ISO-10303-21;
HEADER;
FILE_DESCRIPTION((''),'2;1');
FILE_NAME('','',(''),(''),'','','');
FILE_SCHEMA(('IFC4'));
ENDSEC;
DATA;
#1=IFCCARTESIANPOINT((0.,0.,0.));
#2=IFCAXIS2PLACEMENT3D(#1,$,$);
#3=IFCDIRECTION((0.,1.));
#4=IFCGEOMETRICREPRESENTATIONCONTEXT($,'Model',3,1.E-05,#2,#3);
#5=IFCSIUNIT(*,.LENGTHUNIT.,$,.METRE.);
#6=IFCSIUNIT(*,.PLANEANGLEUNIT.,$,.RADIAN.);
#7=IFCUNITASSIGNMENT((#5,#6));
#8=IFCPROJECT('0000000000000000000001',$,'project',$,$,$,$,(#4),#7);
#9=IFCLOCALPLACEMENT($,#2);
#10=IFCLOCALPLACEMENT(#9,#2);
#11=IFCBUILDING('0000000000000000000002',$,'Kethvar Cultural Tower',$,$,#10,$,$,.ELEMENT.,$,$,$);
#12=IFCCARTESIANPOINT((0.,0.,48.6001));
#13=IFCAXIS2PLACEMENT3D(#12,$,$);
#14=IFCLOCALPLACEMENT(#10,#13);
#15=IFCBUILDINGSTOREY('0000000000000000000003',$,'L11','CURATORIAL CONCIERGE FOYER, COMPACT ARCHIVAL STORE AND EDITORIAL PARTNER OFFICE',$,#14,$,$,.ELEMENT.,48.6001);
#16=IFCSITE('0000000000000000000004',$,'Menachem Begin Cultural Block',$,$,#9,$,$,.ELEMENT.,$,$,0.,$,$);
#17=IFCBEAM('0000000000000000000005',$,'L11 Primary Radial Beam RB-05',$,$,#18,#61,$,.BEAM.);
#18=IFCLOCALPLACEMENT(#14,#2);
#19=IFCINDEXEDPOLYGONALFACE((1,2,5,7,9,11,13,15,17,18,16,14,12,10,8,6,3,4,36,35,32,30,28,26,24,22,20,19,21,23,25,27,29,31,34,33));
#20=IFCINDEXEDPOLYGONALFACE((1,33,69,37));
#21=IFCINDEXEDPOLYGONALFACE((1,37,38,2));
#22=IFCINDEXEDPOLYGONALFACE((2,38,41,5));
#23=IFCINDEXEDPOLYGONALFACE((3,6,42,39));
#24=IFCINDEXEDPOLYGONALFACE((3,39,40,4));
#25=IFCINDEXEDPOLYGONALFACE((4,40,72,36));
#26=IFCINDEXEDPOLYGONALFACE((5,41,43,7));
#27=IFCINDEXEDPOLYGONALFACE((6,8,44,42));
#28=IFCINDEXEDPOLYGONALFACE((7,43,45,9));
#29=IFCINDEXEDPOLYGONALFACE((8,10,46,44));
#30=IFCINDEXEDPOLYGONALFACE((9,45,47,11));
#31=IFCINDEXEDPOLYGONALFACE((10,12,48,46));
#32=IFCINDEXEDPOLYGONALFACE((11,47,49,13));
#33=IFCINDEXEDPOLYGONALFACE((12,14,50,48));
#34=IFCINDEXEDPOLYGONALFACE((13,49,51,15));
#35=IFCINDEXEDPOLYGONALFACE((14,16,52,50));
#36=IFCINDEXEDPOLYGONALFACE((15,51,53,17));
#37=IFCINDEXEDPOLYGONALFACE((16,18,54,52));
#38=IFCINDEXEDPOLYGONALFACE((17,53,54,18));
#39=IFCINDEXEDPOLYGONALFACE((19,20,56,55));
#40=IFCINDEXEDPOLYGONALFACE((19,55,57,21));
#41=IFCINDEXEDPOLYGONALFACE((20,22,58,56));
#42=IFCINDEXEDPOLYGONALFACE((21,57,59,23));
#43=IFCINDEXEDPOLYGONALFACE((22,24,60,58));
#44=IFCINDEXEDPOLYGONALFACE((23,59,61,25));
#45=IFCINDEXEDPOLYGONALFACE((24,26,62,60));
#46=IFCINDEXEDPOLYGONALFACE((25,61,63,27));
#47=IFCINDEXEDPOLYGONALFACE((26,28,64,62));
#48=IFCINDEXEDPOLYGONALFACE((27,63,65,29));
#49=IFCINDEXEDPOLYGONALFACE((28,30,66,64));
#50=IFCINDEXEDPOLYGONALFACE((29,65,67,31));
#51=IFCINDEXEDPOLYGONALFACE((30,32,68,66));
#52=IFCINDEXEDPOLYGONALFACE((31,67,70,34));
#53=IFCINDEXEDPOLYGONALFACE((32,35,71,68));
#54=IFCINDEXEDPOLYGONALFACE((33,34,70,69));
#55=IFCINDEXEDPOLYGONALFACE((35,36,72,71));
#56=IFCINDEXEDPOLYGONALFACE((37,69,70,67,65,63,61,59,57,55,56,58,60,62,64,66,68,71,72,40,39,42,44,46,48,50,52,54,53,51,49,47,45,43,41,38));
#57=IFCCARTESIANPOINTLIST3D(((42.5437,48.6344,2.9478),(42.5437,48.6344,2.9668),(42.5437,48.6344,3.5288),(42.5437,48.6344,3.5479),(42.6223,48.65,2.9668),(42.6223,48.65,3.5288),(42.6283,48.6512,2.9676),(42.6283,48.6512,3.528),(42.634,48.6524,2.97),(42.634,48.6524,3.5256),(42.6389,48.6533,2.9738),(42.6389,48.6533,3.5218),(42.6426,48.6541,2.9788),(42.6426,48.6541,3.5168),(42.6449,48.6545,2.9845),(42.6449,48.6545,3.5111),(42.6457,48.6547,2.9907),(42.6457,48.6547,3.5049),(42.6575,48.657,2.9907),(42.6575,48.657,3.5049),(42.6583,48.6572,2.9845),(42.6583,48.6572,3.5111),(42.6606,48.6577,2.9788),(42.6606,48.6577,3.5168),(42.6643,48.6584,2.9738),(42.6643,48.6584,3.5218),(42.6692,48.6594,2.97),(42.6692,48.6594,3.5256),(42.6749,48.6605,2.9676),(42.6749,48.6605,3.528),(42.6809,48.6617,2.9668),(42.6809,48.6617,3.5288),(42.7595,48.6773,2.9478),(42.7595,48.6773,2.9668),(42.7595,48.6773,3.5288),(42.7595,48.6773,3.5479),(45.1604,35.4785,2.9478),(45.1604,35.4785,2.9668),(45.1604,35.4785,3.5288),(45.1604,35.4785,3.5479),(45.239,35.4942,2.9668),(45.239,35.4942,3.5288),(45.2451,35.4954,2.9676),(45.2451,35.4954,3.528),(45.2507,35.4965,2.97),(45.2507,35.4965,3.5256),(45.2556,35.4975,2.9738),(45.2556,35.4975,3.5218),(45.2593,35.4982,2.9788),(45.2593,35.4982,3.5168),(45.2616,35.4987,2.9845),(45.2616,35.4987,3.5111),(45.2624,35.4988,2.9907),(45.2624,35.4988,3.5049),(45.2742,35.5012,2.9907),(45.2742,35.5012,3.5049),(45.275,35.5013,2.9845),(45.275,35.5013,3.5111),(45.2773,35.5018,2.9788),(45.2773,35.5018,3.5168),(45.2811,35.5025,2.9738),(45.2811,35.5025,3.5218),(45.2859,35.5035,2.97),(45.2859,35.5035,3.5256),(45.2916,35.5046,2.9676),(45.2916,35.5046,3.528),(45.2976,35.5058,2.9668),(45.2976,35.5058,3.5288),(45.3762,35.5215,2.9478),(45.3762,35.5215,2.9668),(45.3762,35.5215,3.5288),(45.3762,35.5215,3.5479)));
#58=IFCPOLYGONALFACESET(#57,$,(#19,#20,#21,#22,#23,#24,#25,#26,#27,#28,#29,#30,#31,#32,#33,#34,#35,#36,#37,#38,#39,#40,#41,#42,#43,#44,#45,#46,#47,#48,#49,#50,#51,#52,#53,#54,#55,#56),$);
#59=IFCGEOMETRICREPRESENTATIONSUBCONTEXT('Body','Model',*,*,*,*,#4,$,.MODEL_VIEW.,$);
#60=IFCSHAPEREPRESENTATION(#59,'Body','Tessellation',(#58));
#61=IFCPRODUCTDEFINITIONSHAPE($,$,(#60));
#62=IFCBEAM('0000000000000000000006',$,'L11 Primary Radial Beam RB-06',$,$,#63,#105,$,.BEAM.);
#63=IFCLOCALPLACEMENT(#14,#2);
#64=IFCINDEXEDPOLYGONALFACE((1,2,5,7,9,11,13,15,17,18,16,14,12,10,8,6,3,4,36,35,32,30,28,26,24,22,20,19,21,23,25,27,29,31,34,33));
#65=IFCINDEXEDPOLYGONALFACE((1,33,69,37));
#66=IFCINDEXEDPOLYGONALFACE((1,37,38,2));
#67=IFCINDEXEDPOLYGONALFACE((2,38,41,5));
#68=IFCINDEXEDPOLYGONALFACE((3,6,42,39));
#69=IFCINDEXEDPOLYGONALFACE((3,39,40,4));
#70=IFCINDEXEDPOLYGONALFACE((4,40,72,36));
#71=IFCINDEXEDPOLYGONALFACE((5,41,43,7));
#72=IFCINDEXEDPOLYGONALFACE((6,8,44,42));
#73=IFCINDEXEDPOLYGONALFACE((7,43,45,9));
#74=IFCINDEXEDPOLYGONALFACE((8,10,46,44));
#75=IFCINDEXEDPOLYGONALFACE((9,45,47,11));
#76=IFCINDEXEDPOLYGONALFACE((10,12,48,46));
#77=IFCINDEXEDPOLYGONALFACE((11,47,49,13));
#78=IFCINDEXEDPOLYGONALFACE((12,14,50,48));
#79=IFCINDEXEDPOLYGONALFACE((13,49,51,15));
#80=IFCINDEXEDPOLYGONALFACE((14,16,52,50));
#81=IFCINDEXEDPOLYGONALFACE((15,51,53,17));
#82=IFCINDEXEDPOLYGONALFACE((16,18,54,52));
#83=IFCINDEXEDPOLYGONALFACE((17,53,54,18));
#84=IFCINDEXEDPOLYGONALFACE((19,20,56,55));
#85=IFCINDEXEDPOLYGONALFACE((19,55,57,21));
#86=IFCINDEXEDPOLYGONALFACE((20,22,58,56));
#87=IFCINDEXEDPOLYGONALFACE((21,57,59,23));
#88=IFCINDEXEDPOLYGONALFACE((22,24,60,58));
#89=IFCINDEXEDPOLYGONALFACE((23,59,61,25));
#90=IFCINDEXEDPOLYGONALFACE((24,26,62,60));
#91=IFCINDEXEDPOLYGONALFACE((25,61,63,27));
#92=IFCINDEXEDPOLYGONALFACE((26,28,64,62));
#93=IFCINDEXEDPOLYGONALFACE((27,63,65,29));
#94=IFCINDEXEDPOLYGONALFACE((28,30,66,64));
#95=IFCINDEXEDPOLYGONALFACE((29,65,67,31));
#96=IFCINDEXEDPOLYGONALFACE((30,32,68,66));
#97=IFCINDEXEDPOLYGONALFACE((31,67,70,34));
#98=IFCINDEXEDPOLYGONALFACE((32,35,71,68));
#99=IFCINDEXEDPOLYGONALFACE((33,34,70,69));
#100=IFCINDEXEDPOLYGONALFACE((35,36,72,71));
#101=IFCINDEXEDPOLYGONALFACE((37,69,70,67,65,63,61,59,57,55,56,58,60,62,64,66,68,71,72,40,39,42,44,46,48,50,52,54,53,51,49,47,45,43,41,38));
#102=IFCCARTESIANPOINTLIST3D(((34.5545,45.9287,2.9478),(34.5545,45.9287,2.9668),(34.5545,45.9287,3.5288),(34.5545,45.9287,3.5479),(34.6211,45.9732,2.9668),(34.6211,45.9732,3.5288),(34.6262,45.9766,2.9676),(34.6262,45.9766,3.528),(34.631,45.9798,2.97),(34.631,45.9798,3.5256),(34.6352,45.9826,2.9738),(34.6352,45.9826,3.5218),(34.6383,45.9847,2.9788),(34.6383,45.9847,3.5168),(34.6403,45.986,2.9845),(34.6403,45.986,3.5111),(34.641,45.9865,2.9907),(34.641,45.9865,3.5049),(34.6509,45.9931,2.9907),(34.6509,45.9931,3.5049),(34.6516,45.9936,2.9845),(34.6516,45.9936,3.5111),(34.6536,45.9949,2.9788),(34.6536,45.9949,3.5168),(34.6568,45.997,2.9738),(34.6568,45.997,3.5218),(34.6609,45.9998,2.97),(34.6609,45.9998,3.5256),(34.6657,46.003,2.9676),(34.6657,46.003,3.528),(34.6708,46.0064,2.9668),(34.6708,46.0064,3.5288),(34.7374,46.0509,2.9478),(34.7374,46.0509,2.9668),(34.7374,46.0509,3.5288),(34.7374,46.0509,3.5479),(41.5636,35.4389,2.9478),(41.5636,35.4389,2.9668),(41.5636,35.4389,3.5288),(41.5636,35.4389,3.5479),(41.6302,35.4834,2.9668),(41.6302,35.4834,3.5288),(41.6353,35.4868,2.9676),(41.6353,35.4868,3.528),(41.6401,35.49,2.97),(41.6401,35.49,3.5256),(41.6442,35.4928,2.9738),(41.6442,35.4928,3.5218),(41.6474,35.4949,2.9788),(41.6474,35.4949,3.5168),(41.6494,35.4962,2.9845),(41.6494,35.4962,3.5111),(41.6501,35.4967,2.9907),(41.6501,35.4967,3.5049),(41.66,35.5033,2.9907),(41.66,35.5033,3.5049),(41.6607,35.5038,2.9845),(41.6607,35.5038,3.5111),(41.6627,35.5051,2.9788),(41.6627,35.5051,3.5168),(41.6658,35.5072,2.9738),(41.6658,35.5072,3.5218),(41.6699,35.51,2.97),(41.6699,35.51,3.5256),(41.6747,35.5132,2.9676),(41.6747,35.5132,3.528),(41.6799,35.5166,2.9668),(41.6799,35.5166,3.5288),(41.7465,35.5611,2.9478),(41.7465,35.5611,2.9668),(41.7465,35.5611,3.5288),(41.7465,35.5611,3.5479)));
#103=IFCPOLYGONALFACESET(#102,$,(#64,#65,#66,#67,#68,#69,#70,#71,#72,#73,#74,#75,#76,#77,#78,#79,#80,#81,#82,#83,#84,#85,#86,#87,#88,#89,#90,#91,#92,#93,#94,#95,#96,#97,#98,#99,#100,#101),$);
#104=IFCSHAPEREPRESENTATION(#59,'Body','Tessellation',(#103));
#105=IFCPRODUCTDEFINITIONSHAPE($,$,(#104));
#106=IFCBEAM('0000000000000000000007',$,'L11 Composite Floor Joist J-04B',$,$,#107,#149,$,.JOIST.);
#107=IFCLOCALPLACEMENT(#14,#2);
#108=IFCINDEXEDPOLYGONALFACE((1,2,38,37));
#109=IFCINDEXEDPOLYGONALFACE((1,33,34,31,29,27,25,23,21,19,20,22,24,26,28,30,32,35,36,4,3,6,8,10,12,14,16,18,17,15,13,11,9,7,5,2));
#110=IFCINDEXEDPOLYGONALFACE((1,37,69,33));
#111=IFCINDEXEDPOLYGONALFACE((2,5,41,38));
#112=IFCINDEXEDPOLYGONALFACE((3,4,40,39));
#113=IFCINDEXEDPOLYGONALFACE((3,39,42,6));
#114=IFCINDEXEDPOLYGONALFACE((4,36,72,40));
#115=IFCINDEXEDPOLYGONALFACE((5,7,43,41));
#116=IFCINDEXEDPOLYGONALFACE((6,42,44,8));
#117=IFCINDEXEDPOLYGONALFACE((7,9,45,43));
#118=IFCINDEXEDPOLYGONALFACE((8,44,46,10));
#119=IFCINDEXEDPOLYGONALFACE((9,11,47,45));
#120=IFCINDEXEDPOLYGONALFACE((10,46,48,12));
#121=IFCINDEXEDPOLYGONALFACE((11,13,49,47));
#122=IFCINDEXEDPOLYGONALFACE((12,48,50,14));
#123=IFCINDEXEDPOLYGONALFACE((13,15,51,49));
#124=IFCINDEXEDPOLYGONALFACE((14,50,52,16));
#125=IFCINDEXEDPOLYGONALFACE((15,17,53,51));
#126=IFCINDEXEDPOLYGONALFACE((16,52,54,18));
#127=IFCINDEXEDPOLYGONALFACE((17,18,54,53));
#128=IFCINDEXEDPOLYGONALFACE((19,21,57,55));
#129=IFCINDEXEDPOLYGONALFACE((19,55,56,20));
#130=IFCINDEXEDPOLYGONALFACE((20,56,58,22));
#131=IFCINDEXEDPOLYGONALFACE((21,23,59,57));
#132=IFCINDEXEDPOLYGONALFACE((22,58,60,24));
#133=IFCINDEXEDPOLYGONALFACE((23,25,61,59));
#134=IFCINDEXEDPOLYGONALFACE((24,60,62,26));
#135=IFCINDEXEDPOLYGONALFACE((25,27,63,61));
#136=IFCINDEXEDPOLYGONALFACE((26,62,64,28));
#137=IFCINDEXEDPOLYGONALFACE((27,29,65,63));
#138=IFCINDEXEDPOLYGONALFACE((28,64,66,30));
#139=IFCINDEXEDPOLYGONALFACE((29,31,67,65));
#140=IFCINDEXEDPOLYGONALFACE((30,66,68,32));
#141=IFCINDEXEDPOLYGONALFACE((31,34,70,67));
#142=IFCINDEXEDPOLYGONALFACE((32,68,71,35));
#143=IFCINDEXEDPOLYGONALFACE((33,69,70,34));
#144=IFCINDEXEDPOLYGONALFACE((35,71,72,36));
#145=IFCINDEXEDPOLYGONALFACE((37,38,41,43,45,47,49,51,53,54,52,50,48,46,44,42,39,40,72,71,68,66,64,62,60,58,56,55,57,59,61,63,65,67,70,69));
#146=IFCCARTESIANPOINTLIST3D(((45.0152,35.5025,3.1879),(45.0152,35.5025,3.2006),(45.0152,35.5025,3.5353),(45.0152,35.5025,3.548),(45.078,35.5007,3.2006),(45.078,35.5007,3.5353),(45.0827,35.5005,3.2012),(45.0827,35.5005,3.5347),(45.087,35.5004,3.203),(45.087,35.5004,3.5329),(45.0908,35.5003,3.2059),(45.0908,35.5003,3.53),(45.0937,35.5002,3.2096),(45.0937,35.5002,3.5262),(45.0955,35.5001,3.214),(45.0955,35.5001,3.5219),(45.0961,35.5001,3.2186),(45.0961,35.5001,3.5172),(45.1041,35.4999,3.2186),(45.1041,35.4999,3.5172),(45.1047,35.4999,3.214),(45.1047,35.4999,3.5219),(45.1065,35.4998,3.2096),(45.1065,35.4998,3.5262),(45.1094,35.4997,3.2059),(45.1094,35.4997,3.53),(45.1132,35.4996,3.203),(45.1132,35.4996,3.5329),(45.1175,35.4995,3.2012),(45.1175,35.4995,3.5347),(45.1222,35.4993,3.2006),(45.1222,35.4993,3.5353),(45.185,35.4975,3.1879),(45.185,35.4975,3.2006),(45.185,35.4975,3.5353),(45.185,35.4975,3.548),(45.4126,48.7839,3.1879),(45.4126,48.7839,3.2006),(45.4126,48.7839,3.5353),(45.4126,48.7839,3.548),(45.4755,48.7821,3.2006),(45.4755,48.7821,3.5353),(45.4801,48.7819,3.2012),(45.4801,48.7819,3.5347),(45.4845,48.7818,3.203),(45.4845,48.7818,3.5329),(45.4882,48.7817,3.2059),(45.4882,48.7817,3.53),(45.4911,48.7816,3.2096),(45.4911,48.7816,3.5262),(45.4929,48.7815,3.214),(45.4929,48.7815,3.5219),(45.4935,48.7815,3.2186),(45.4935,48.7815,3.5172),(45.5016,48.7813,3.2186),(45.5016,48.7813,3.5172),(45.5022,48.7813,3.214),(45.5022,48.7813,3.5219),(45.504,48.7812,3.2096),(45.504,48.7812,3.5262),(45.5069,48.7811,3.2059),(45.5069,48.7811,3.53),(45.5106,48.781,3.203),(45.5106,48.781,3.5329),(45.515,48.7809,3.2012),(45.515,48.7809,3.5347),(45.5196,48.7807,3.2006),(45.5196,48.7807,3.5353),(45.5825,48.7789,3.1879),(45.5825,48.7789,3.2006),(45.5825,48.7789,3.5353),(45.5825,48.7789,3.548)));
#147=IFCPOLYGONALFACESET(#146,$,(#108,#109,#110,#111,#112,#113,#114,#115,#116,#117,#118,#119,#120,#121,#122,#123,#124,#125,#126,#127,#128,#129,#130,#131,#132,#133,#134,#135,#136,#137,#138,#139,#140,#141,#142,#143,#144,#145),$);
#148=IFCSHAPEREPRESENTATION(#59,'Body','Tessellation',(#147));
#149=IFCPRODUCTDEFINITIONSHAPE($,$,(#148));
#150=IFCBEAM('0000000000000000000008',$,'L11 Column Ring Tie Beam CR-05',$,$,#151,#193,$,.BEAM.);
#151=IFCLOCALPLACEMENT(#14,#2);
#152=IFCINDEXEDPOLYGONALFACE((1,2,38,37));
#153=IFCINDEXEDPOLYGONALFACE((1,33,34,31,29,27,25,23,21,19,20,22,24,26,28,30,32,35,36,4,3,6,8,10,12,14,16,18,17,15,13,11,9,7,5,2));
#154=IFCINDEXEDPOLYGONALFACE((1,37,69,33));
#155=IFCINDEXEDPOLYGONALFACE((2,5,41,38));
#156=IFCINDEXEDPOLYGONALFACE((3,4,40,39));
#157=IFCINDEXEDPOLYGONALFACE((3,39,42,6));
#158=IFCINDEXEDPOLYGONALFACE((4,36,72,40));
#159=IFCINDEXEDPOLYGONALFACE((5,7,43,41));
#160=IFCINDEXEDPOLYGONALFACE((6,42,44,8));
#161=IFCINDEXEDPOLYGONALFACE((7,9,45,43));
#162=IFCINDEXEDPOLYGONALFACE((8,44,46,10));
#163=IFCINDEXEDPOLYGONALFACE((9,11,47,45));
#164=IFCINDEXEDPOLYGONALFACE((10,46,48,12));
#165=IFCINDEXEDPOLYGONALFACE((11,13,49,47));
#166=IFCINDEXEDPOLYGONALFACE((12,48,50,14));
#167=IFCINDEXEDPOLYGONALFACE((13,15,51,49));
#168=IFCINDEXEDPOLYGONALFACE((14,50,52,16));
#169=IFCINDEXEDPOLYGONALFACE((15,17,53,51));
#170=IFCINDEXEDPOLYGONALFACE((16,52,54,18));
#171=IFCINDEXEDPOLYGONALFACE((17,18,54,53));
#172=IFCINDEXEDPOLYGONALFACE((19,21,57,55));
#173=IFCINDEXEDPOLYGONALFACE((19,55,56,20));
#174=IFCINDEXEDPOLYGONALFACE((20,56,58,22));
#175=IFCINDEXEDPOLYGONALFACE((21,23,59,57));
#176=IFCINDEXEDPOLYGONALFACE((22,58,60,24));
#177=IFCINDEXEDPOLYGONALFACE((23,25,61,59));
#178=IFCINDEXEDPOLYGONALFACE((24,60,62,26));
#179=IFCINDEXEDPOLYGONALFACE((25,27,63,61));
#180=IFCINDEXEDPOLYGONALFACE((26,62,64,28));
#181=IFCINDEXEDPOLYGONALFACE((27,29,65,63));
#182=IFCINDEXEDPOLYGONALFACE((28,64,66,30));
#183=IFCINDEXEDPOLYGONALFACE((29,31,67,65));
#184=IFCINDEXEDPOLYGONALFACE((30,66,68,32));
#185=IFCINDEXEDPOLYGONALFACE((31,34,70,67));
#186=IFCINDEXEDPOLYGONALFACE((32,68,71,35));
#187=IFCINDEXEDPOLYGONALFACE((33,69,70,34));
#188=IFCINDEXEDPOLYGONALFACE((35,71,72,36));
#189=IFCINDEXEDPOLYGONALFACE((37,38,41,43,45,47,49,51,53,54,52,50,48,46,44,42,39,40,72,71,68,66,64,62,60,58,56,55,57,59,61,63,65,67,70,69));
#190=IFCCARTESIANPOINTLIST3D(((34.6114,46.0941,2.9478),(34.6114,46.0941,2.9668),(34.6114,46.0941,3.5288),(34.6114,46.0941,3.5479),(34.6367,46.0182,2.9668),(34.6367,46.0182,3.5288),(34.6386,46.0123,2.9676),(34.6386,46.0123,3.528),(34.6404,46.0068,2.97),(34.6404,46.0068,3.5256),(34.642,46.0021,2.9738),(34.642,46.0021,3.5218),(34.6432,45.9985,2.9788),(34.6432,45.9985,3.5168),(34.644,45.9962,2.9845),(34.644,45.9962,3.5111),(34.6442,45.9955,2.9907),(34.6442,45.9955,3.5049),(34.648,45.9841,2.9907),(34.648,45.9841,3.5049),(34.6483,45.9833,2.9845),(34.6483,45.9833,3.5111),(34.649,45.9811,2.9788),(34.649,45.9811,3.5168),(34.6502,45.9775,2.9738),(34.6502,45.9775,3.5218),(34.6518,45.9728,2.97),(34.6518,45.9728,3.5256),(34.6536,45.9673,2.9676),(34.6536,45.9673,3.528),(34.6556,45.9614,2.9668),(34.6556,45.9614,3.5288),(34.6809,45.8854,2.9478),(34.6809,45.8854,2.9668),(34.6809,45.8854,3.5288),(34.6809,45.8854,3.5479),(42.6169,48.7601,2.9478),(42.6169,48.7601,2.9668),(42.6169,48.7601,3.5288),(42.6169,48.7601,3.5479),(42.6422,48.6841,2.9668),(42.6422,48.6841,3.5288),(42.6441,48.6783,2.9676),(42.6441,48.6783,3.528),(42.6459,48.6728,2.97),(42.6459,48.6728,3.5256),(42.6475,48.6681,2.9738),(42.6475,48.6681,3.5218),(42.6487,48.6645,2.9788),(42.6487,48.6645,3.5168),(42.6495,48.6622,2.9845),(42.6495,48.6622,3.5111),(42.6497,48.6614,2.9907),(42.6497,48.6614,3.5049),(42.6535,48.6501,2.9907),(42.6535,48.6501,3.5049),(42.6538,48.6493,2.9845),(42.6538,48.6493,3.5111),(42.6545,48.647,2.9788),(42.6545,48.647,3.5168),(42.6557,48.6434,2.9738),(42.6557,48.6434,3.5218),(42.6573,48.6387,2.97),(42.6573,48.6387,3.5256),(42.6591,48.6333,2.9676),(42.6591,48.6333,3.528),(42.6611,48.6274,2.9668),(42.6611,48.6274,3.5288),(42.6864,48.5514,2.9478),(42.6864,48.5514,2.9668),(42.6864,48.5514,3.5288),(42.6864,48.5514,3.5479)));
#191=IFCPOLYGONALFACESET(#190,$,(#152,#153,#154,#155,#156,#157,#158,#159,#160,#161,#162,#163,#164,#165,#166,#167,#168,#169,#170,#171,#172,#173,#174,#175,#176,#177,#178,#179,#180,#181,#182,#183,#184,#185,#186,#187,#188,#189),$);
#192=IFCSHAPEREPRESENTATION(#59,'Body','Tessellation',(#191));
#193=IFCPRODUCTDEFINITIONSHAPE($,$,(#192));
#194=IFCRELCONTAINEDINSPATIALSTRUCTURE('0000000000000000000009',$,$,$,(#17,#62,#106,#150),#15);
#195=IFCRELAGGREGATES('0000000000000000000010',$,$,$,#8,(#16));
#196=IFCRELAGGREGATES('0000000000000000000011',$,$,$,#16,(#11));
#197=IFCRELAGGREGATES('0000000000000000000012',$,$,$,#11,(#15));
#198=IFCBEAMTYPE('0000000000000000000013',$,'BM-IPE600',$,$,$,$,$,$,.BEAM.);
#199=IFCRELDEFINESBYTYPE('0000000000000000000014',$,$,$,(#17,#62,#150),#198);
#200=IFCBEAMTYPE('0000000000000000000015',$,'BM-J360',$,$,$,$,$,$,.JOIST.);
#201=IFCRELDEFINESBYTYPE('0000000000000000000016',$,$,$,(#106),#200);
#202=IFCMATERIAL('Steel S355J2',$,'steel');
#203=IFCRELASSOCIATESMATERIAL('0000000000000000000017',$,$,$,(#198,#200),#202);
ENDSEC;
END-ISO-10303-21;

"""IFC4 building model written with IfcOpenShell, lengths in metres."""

from ifc_helpers import new_model, si_unit, direction, frame, origin, origin_2d, place, context, subcontext, project, spatial, i_section, extrude, source, transform, mapped, material, material_profile, profile_set, type_object, element, save


model = new_model("IFC4")

# Units and contexts
model_context = context("Model", 3, precision=1e-05, world=origin(), true_north=direction((0.0, 1.0)))
body_context = subcontext(model_context, "Body", "Model", "MODEL_VIEW")
ifc_project = project(units=[si_unit("LENGTHUNIT", "METRE"), si_unit("PLANEANGLEUNIT", "RADIAN")], contexts=[model_context])

# Site, building, storey
site_placement = place(None, origin())
site = spatial("IfcSite", under=ifc_project, at=site_placement, Name="Menachem Begin Cultural Block", CompositionType="ELEMENT", RefElevation=0.0)
building_placement = place(site_placement, origin())
building = spatial("IfcBuilding", under=site, at=building_placement, Name="Kethvar Cultural Tower", CompositionType="ELEMENT")
storey_placement = place(building_placement, frame((0.0, 0.0, 48.6001)))
storey = spatial("IfcBuildingStorey", under=building, at=storey_placement, Name="L11", Description="CURATORIAL CONCIERGE FOYER, COMPACT ARCHIVAL STORE AND EDITORIAL PARTNER OFFICE", CompositionType="ELEMENT", Elevation=48.6001)

# Beams
ifc_material_1 = material(Name="Steel S355J2", Category="steel")
ifc_material_profile_1 = material_profile(ifc_material_1, i_section(OverallWidth=0.22, OverallDepth=0.6001, WebThickness=0.012, FlangeThickness=0.019, FilletRadius=0.0239, at=origin_2d()), Name="Steel S355J2 — IPE600")
ifc_profile_set_1 = profile_set([ifc_material_profile_1], Name="Steel S355J2 — IPE600")
beam_type_1 = type_object("IfcBeamType", Name="BM-IPE600", PredefinedType="BEAM", material=ifc_profile_set_1)
shared_shape_1 = source(origin(), body_context, "Body", "SweptSolid", [
    extrude(i_section(OverallWidth=0.22, OverallDepth=0.6001, WebThickness=0.012, FlangeThickness=0.019, FilletRadius=0.0239, at=origin_2d()), origin(), (0.0, 0.0, 1.0), 13.4136),
])
beam_1_placement = place(storey_placement, frame((45.2683, 35.5, 3.2478), z_axis=(-0.19508, 0.980787, 0.0), x_axis=(-0.980787, -0.19508, 0.0)))
element("IfcBeam", 1, at=beam_1_placement, inside=storey, type_object=beam_type_1, Name="L11 Primary Radial Beam RB-05", PredefinedType="BEAM", context=body_context, shape_type="MappedRepresentation", body=[
    mapped(shared_shape_1, transform((0.0, 0.0, 0.0), scale=1.0)),
])
shared_shape_2 = source(origin(), body_context, "Body", "SweptSolid", [
    extrude(i_section(OverallWidth=0.22, OverallDepth=0.6001, WebThickness=0.012, FlangeThickness=0.019, FilletRadius=0.0239, at=origin_2d()), origin(), (0.0, 0.0, 1.0), 12.616),
])
beam_2_placement = place(storey_placement, frame((41.655, 35.5, 3.2478), z_axis=(-0.555571, 0.831469, 0.0), x_axis=(-0.831469, -0.555571, 0.0)))
element("IfcBeam", 2, at=beam_2_placement, inside=storey, type_object=beam_type_1, Name="L11 Primary Radial Beam RB-06", PredefinedType="BEAM", context=body_context, shape_type="MappedRepresentation", body=[
    mapped(shared_shape_2, transform((0.0, 0.0, 0.0), scale=1.0)),
])
ifc_material_profile_2 = material_profile(ifc_material_1, i_section(OverallWidth=0.1699, OverallDepth=0.3601, WebThickness=0.0081, FlangeThickness=0.0127, FilletRadius=0.0181, at=origin_2d()), Name="Steel S355J2 — IPE360")
ifc_profile_set_2 = profile_set([ifc_material_profile_2], Name="Steel S355J2 — IPE360")
beam_type_2 = type_object("IfcBeamType", Name="BM-J360", PredefinedType="JOIST", material=ifc_profile_set_2)
shared_shape_3 = source(origin(), body_context, "Body", "SweptSolid", [
    extrude(i_section(OverallWidth=0.1699, OverallDepth=0.3601, WebThickness=0.0081, FlangeThickness=0.0127, FilletRadius=0.0181, at=origin_2d()), origin(), (0.0, 0.0, 1.0), 13.2874),
])
beam_3_placement = place(storey_placement, frame((45.1001, 35.5, 3.3679), z_axis=(0.029913, 0.999553, 0.0), x_axis=(-0.999553, 0.029913, 0.0)))
element("IfcBeam", 3, at=beam_3_placement, inside=storey, type_object=beam_type_2, Name="L11 Composite Floor Joist J-04B", PredefinedType="JOIST", context=body_context, shape_type="MappedRepresentation", body=[
    mapped(shared_shape_3, transform((0.0, 0.0, 0.0), scale=1.0)),
])
shared_shape_4 = source(origin(), body_context, "Body", "SweptSolid", [
    extrude(i_section(OverallWidth=0.22, OverallDepth=0.6001, WebThickness=0.012, FlangeThickness=0.019, FilletRadius=0.0239, at=origin_2d()), origin(), (0.0, 0.0, 1.0), 8.4377),
])
beam_4_placement = place(storey_placement, frame((42.6516, 48.6558, 3.2478), z_axis=(-0.948773, -0.315959, 0.0), x_axis=(0.315959, -0.948773, 0.0)))
element("IfcBeam", 4, at=beam_4_placement, inside=storey, type_object=beam_type_1, Name="L11 Column Ring Tie Beam CR-05", PredefinedType="BEAM", context=body_context, shape_type="MappedRepresentation", body=[
    mapped(shared_shape_4, transform((0.0, 0.0, 0.0), scale=1.0)),
])

save(model, "model.ifc")
